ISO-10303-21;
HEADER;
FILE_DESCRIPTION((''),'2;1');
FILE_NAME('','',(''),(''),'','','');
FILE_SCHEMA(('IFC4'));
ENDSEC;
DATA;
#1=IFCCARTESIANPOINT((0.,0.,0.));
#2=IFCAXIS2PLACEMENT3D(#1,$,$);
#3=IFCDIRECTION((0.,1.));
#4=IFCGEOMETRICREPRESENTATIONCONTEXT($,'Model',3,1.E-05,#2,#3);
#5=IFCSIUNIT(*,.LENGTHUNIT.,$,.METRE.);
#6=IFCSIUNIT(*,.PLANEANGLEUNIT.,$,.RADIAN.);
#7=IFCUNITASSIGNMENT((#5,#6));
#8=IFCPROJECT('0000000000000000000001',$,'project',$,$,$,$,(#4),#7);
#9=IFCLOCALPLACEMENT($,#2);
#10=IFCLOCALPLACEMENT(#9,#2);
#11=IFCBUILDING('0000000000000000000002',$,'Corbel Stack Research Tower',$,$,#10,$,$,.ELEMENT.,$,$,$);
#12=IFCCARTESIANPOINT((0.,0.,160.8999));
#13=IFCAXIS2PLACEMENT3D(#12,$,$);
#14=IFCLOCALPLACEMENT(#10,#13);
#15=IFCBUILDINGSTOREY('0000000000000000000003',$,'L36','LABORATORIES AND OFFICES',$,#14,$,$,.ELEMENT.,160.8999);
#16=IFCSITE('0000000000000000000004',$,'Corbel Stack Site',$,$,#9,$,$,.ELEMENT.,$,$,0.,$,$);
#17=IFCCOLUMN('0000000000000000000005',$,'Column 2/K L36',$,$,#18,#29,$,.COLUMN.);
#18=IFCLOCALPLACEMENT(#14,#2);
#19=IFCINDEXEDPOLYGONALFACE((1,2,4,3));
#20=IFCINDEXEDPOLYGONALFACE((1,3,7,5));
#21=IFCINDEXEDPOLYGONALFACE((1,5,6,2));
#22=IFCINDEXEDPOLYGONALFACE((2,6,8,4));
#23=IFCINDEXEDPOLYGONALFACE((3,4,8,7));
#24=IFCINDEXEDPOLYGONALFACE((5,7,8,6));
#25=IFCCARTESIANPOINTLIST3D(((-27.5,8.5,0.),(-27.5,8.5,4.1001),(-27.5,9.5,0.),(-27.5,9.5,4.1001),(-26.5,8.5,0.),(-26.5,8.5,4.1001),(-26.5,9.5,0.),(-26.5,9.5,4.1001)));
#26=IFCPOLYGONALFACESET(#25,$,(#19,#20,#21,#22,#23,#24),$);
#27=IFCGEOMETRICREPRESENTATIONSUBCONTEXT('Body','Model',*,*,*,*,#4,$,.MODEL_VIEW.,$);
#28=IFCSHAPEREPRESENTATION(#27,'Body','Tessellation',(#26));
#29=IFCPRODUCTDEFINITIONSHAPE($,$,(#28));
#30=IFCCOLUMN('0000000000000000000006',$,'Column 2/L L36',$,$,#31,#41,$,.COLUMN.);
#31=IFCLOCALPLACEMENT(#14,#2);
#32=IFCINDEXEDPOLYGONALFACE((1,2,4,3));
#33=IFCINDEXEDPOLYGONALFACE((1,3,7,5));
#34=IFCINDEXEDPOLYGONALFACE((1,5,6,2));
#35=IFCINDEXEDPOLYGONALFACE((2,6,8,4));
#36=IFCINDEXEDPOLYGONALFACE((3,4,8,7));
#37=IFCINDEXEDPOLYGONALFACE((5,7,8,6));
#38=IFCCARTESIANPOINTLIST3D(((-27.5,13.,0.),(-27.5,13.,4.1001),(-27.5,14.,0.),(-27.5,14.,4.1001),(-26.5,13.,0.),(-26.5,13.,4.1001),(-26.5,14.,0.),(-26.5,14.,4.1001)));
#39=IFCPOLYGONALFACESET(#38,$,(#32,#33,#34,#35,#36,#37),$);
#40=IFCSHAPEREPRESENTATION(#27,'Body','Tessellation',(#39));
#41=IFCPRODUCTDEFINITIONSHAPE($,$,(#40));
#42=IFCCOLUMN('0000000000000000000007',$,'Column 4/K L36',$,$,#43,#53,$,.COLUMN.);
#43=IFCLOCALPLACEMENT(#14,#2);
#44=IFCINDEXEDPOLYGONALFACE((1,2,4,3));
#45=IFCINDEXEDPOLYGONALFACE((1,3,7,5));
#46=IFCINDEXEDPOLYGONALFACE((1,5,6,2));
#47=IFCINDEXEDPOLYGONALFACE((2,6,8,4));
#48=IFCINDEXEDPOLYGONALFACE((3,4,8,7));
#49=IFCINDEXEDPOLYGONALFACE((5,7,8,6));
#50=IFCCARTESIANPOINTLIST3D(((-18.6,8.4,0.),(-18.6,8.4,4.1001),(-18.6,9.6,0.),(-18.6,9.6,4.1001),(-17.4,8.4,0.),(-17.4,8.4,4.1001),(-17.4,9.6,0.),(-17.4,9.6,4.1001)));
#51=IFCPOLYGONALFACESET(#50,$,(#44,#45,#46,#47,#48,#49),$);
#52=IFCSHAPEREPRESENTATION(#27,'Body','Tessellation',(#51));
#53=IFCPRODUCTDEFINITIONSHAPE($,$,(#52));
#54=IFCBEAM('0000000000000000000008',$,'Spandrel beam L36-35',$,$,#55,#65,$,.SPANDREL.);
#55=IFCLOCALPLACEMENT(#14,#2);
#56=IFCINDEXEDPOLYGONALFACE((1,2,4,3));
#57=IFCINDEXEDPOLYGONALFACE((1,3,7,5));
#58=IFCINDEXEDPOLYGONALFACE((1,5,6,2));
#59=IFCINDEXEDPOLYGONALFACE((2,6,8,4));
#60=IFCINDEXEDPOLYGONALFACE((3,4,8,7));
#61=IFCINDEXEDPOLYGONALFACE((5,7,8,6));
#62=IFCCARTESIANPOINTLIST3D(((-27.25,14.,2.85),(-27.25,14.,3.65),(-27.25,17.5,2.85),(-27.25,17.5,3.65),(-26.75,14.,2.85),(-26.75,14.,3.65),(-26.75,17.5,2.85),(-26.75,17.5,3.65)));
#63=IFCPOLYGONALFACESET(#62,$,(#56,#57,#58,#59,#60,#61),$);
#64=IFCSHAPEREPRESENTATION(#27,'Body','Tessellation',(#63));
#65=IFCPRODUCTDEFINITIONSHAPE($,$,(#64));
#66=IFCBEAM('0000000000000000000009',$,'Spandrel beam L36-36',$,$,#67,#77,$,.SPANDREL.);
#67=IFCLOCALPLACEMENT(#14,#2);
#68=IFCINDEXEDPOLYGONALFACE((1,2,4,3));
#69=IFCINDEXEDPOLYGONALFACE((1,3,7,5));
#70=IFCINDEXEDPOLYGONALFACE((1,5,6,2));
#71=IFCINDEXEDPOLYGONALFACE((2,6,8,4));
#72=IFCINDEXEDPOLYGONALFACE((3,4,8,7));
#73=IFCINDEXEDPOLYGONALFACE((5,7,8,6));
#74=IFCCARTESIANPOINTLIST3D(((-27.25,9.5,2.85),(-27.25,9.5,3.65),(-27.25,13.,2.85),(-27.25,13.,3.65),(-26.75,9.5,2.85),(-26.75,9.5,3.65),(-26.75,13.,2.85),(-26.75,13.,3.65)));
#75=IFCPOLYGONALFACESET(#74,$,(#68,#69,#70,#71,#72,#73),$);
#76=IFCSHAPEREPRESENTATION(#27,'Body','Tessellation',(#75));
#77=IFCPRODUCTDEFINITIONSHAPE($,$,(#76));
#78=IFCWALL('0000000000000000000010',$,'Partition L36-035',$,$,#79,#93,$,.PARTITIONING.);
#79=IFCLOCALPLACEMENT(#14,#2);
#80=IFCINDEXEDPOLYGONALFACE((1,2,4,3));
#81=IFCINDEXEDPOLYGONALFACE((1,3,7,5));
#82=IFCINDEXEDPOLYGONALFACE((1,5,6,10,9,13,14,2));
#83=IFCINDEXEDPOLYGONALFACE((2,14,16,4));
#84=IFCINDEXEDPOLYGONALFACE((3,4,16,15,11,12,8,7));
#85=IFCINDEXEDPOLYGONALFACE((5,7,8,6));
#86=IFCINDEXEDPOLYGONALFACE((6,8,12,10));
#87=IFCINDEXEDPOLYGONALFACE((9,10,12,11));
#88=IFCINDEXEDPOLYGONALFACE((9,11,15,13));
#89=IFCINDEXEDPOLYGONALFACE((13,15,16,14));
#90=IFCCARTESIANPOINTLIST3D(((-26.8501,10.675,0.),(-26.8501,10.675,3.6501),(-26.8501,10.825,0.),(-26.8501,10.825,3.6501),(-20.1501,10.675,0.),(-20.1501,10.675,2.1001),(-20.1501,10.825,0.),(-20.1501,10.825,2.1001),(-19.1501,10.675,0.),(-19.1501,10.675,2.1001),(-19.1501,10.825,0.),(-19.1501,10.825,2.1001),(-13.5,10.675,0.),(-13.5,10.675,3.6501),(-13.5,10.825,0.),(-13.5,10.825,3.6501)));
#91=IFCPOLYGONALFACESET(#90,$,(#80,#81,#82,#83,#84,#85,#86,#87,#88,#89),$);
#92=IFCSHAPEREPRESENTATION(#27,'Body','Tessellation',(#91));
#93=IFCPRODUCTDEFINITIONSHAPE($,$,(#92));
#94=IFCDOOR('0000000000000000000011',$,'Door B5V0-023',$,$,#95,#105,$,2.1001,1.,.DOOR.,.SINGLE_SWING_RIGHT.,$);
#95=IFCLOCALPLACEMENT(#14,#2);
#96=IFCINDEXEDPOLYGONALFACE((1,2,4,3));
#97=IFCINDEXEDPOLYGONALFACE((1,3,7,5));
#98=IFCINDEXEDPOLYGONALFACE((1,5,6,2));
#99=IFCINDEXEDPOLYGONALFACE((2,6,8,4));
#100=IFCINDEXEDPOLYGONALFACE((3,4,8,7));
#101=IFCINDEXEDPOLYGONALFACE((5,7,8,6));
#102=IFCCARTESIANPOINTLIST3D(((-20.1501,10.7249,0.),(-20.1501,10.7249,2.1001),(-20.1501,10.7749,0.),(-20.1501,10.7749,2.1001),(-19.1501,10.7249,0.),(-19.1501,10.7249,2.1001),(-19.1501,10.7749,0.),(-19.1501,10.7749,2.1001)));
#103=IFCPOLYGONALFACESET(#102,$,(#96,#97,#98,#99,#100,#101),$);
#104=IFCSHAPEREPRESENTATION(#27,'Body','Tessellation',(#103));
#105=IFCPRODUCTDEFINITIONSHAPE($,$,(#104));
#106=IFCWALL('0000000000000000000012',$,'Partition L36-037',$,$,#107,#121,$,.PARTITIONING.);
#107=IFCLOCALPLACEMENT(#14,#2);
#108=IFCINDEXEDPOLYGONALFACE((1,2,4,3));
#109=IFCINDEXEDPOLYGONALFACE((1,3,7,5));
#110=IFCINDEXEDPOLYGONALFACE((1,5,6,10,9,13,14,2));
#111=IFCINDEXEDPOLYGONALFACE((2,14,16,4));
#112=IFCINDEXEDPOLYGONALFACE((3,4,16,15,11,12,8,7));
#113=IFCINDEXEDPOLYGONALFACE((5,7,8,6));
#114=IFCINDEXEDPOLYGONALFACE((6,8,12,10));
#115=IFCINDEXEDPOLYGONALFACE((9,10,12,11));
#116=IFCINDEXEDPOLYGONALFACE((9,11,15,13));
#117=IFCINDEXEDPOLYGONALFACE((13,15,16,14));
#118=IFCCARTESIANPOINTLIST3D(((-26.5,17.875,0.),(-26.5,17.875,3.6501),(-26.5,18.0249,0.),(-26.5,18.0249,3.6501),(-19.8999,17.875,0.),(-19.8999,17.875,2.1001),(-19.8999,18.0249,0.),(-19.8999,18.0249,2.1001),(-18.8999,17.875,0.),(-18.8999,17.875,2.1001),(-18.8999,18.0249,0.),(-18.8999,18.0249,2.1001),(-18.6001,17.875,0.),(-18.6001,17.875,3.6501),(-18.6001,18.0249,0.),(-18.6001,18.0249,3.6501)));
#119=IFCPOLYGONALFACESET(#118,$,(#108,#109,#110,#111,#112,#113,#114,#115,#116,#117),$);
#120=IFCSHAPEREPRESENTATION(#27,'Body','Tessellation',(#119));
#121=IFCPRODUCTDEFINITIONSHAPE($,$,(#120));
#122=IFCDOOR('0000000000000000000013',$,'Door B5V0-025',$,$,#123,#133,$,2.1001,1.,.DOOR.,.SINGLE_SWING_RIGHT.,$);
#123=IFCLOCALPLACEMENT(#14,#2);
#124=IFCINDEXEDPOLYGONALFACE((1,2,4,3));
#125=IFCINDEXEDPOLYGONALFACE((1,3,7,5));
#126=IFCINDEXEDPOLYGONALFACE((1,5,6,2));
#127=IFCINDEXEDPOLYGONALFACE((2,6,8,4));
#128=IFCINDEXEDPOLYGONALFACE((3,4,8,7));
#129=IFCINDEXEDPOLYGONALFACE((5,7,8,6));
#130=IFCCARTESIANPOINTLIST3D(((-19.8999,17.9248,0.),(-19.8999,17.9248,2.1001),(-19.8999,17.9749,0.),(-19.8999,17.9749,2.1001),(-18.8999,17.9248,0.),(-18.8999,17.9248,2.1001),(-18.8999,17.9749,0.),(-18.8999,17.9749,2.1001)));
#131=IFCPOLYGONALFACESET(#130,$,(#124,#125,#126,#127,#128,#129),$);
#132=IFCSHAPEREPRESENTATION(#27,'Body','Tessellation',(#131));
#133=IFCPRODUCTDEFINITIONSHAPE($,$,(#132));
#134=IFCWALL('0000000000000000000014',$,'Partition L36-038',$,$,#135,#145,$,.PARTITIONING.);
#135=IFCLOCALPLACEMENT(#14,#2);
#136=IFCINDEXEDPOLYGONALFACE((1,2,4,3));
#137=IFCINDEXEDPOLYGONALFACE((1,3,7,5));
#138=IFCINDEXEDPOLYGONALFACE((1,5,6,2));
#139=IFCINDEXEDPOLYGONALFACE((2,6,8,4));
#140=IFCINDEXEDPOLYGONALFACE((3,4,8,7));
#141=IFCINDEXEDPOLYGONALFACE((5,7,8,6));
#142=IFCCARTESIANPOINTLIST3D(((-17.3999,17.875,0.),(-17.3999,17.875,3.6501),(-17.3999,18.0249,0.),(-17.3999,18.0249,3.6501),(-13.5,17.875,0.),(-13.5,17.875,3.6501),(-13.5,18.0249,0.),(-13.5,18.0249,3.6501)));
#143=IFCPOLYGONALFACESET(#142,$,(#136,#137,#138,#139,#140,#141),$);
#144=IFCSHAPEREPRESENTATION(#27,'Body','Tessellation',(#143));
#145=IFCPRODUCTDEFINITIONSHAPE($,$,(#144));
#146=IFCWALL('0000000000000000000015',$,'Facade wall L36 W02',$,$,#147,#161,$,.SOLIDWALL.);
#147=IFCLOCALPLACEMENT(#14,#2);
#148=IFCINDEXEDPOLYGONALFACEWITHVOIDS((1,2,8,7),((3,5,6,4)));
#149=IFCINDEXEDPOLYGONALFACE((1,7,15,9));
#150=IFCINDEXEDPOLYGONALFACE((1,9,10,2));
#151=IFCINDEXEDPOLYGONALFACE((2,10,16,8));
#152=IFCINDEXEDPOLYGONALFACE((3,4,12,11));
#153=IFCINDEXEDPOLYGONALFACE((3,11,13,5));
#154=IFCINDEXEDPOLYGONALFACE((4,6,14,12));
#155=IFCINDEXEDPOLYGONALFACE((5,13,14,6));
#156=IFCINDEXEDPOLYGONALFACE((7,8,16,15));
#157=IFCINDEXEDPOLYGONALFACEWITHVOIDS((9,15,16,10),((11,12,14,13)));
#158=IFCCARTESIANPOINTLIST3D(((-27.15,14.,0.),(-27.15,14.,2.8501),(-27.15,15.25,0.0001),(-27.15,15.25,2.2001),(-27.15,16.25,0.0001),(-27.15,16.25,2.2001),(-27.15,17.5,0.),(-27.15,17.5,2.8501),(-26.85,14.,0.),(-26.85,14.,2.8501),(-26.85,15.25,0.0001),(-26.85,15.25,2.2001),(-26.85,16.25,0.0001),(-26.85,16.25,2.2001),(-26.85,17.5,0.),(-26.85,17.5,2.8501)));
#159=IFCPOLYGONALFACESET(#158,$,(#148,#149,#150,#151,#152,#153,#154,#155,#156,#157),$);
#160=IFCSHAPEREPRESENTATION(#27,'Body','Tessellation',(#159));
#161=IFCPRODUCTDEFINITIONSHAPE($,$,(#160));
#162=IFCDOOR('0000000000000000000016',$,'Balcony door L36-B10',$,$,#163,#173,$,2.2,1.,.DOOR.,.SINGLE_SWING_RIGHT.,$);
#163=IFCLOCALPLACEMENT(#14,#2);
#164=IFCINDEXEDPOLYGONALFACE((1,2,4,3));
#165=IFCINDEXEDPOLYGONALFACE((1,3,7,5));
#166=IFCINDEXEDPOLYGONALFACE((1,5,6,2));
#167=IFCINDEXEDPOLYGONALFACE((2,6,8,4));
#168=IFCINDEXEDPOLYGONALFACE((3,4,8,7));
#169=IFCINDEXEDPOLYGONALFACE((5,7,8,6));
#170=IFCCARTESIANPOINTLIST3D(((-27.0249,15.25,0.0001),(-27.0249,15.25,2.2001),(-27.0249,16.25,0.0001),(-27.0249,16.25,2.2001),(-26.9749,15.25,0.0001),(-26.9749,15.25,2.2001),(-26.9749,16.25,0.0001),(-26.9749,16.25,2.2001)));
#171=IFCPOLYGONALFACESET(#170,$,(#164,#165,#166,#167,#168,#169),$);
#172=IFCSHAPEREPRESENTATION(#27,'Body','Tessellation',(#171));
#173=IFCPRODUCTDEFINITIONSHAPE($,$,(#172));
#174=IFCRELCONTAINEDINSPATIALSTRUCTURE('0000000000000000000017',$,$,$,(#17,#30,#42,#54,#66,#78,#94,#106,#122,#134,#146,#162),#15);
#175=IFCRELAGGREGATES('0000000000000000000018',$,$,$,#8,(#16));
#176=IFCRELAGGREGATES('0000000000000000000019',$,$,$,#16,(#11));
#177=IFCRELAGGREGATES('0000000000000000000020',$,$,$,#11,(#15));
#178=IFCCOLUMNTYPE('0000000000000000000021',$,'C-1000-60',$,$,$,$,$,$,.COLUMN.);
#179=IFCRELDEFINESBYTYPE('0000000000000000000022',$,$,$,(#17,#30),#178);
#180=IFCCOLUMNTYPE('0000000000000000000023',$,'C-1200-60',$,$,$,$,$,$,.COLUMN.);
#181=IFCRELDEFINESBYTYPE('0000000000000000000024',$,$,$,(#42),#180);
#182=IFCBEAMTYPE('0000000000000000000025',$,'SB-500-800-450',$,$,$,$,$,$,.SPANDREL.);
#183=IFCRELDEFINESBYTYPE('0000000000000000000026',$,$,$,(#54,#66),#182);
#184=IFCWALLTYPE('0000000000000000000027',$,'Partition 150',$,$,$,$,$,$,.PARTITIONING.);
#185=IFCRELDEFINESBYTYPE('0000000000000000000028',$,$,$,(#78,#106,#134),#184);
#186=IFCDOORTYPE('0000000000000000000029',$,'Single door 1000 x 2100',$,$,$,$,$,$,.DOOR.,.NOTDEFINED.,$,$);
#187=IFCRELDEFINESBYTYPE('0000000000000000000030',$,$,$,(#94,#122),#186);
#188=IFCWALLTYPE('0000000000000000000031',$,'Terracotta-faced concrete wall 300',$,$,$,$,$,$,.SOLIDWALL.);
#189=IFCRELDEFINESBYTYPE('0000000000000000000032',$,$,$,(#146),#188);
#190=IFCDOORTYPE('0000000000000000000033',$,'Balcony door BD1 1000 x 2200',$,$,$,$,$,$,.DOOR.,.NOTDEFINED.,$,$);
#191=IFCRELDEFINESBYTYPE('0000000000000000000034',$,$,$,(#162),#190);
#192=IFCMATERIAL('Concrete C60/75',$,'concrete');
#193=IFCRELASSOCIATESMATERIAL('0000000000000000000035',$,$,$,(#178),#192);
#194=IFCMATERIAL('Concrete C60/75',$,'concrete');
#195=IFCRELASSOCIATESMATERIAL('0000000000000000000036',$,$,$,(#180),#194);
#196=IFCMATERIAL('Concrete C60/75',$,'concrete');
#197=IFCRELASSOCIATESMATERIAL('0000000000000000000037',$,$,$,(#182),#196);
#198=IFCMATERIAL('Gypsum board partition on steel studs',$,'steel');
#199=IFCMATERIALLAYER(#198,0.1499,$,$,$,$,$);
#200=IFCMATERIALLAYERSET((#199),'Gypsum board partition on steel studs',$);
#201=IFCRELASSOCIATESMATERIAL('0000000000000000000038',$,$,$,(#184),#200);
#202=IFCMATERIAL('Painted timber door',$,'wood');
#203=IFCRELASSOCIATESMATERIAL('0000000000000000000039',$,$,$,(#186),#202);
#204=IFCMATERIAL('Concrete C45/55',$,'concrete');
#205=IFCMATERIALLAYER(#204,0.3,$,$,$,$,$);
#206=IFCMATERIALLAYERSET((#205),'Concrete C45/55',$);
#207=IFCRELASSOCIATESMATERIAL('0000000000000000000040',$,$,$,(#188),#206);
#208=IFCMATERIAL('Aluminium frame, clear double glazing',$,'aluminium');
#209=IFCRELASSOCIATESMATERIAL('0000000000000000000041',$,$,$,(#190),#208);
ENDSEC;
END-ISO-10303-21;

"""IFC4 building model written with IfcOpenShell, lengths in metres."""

from ifc_helpers import new_model, si_unit, direction, frame, frame_2d, origin, origin_2d, place, context, subcontext, project, spatial, rectangle, extrude, material, layer, layer_set, material_profile, profile_set, type_object, element, fill, save


model = new_model("IFC4")

# Units and contexts
model_context = context("Model", 3, precision=1e-05, world=origin(), true_north=direction((0.0, 1.0)))
body_context = subcontext(model_context, "Body", "Model", "MODEL_VIEW")
ifc_project = project(units=[si_unit("LENGTHUNIT", "METRE"), si_unit("PLANEANGLEUNIT", "RADIAN")], contexts=[model_context])

# Site, building, storey
site_placement = place(None, origin())
site = spatial("IfcSite", under=ifc_project, at=site_placement, Name="Corbel Stack Site", CompositionType="ELEMENT", RefElevation=0.0)
building_placement = place(site_placement, origin())
building = spatial("IfcBuilding", under=site, at=building_placement, Name="Corbel Stack Research Tower", CompositionType="ELEMENT")
storey_placement = place(building_placement, frame((0.0, 0.0, 160.8999)))
storey = spatial("IfcBuildingStorey", under=building, at=storey_placement, Name="L36", Description="LABORATORIES AND OFFICES", CompositionType="ELEMENT", Elevation=160.8999)

# Columns
ifc_material_1 = material(Name="Concrete C60/75", Category="concrete")
ifc_material_profile_1 = material_profile(ifc_material_1, rectangle(XDim=1.0, YDim=1.0, at=origin_2d()), Name="RC 1000 x 1000")
ifc_profile_set_1 = profile_set([ifc_material_profile_1], Name="Concrete C60/75")
column_type_1 = type_object("IfcColumnType", Name="C-1000-60", PredefinedType="COLUMN", material=ifc_profile_set_1)
for number, where, z_axis, x_axis, name in (
    (1, (-27.0, 9.0, 0.0), (0.0, 0.0, 1.0), (1.0, 0.0, 0.0), "Column 2/K L36"),
    (2, (-27.0, 13.5, 0.0), (0.0, 0.0, 1.0), (1.0, 0.0, 0.0), "Column 2/L L36"),
):
    element("IfcColumn", number, at=place(storey_placement, frame(where, z_axis=z_axis, x_axis=x_axis)), inside=storey, type_object=column_type_1, Name=name, PredefinedType="COLUMN", context=body_context, shape_type="SweptSolid", body=[
        extrude(rectangle(XDim=1.0, YDim=1.0, at=origin_2d()), origin(), (0.0, 0.0, 1.0), 4.1001),
    ])
ifc_material_2 = material(Name="Concrete C60/75", Category="concrete")
ifc_material_profile_2 = material_profile(ifc_material_2, rectangle(XDim=1.2, YDim=1.2, at=origin_2d()), Name="RC 1200 x 1200")
ifc_profile_set_2 = profile_set([ifc_material_profile_2], Name="Concrete C60/75")
column_type_2 = type_object("IfcColumnType", Name="C-1200-60", PredefinedType="COLUMN", material=ifc_profile_set_2)
column_placement = place(storey_placement, frame((-18.0, 9.0, 0.0), z_axis=(0.0, 0.0, 1.0), x_axis=(1.0, 0.0, 0.0)))
element("IfcColumn", 3, at=column_placement, inside=storey, type_object=column_type_2, Name="Column 4/K L36", PredefinedType="COLUMN", context=body_context, shape_type="SweptSolid", body=[
    extrude(rectangle(XDim=1.2, YDim=1.2, at=origin_2d()), origin(), (0.0, 0.0, 1.0), 4.1001),
])

# Beams
ifc_material_3 = material(Name="Concrete C60/75", Category="concrete")
ifc_material_profile_3 = material_profile(ifc_material_3, rectangle(XDim=0.5, YDim=0.8, at=origin_2d()), Name="RC 500 x 800")
ifc_profile_set_3 = profile_set([ifc_material_profile_3], Name="Concrete C60/75")
beam_type = type_object("IfcBeamType", Name="SB-500-800-450", PredefinedType="SPANDREL", material=ifc_profile_set_3)
for number, where, z_axis, x_axis, name in (
    (4, (-27.0, 17.5, 3.25), (0.0, -1.0, 0.0), (1.0, 0.0, 0.0), "Spandrel beam L36-35"),
    (5, (-27.0, 13.0, 3.25), (0.0, -1.0, 0.0), (1.0, 0.0, 0.0), "Spandrel beam L36-36"),
):
    element("IfcBeam", number, at=place(storey_placement, frame(where, z_axis=z_axis, x_axis=x_axis)), inside=storey, type_object=beam_type, Name=name, PredefinedType="SPANDREL", context=body_context, shape_type="SweptSolid", body=[
        extrude(rectangle(XDim=0.5, YDim=0.8, at=origin_2d()), origin(), (0.0, 0.0, 1.0), 3.5),
    ])

# Walls, openings, doors
ifc_material_4 = material(Name="Gypsum board partition on steel studs", Category="steel")
ifc_layer_1 = layer(ifc_material_4, 0.1499)
ifc_layer_set_1 = layer_set([ifc_layer_1], Name="Gypsum board partition on steel studs")
wall_type_1 = type_object("IfcWallType", Name="Partition 150", PredefinedType="PARTITIONING", material=ifc_layer_set_1)
wall_1_placement = place(storey_placement, frame((-26.8501, 10.75, 0.0), z_axis=(0.0, 0.0, 1.0), x_axis=(1.0, 0.0, 0.0)))
wall_1 = element("IfcWall", 6, at=wall_1_placement, inside=storey, type_object=wall_type_1, Name="Partition L36-035", PredefinedType="PARTITIONING", context=body_context, shape_type="SweptSolid", body=[
    extrude(rectangle(XDim=13.3501, YDim=0.1499, at=frame_2d((6.675, 0.0))), origin(), (0.0, 0.0, 1.0), 3.6501),
])
opening_1_placement = place(wall_1_placement, frame((6.7, 0.0, 0.0)))
opening_1 = element("IfcOpeningElement", 7, at=opening_1_placement, cuts=wall_1, PredefinedType="OPENING", context=body_context, shape_type="SweptSolid", body=[
    extrude(rectangle(XDim=1.0, YDim=2.1001, at=frame_2d((0.5, 1.05))), frame((0.0, 0.085, 0.0), z_axis=(0.0, -1.0, 0.0), x_axis=(1.0, 0.0, 0.0)), (0.0, 0.0, 1.0), 0.1699),
])
ifc_material_5 = material(Name="Painted timber door", Category="wood")
door_type_1 = type_object("IfcDoorType", Name="Single door 1000 x 2100", OperationType="NOTDEFINED", PredefinedType="DOOR", material=ifc_material_5)
door_1_placement = place(opening_1_placement, origin())
door_1 = element("IfcDoor", 8, at=door_1_placement, inside=storey, type_object=door_type_1, Name="Door B5V0-023", OperationType="SINGLE_SWING_RIGHT", OverallHeight=2.1001, OverallWidth=1.0, PredefinedType="DOOR", context=body_context, shape_type="SweptSolid", body=[
    extrude(rectangle(XDim=1.0, YDim=2.1001, at=frame_2d((0.5, 1.05))), frame((0.0, 0.0249, 0.0), z_axis=(0.0, -1.0, 0.0), x_axis=(1.0, 0.0, 0.0)), (0.0, 0.0, 1.0), 0.05),
])
fill(opening_1, door_1)
wall_2_placement = place(storey_placement, frame((-26.5, 17.95, 0.0), z_axis=(0.0, 0.0, 1.0), x_axis=(1.0, 0.0, 0.0)))
wall_2 = element("IfcWall", 9, at=wall_2_placement, inside=storey, type_object=wall_type_1, Name="Partition L36-037", PredefinedType="PARTITIONING", context=body_context, shape_type="SweptSolid", body=[
    extrude(rectangle(XDim=7.8999, YDim=0.1499, at=frame_2d((3.95, 0.0))), origin(), (0.0, 0.0, 1.0), 3.6501),
])
opening_2_placement = place(wall_2_placement, frame((6.6001, 0.0, 0.0)))
opening_2 = element("IfcOpeningElement", 10, at=opening_2_placement, cuts=wall_2, PredefinedType="OPENING", context=body_context, shape_type="SweptSolid", body=[
    extrude(rectangle(XDim=1.0, YDim=2.1001, at=frame_2d((0.5, 1.05))), frame((0.0, 0.085, 0.0), z_axis=(0.0, -1.0, 0.0), x_axis=(1.0, 0.0, 0.0)), (0.0, 0.0, 1.0), 0.1699),
])
door_2_placement = place(opening_2_placement, origin())
door_2 = element("IfcDoor", 11, at=door_2_placement, inside=storey, type_object=door_type_1, Name="Door B5V0-025", OperationType="SINGLE_SWING_RIGHT", OverallHeight=2.1001, OverallWidth=1.0, PredefinedType="DOOR", context=body_context, shape_type="SweptSolid", body=[
    extrude(rectangle(XDim=1.0, YDim=2.1001, at=frame_2d((0.5, 1.05))), frame((0.0, 0.0249, 0.0), z_axis=(0.0, -1.0, 0.0), x_axis=(1.0, 0.0, 0.0)), (0.0, 0.0, 1.0), 0.05),
])
fill(opening_2, door_2)

# Wall
wall_3_placement = place(storey_placement, frame((-17.3999, 17.95, 0.0), z_axis=(0.0, 0.0, 1.0), x_axis=(1.0, 0.0, 0.0)))
element("IfcWall", 12, at=wall_3_placement, inside=storey, type_object=wall_type_1, Name="Partition L36-038", PredefinedType="PARTITIONING", context=body_context, shape_type="SweptSolid", body=[
    extrude(rectangle(XDim=3.8999, YDim=0.1499, at=frame_2d((1.95, 0.0))), origin(), (0.0, 0.0, 1.0), 3.6501),
])

# Wall, opening, door
ifc_material_6 = material(Name="Concrete C45/55", Category="concrete")
ifc_layer_2 = layer(ifc_material_6, 0.3)
ifc_layer_set_2 = layer_set([ifc_layer_2], Name="Concrete C45/55")
wall_type_2 = type_object("IfcWallType", Name="Terracotta-faced concrete wall 300", PredefinedType="SOLIDWALL", material=ifc_layer_set_2)
wall_4_placement = place(storey_placement, frame((-27.0, 14.0, 0.0), z_axis=(0.0, 0.0, 1.0), x_axis=(0.0, 1.0, 0.0)))
wall_4 = element("IfcWall", 13, at=wall_4_placement, inside=storey, type_object=wall_type_2, Name="Facade wall L36 W02", PredefinedType="SOLIDWALL", context=body_context, shape_type="SweptSolid", body=[
    extrude(rectangle(XDim=3.5, YDim=0.3, at=frame_2d((1.75, 0.0))), origin(), (0.0, 0.0, 1.0), 2.8501),
])
opening_3_placement = place(wall_4_placement, frame((1.25, 0.0, 0.0)))
opening_3 = element("IfcOpeningElement", 14, at=opening_3_placement, cuts=wall_4, PredefinedType="OPENING", context=body_context, shape_type="SweptSolid", body=[
    extrude(rectangle(XDim=1.0, YDim=2.2, at=frame_2d((0.5, 1.1001))), frame((0.0, 0.1599, 0.0), z_axis=(0.0, -1.0, 0.0), x_axis=(1.0, 0.0, 0.0)), (0.0, 0.0, 1.0), 0.3201),
])
ifc_material_7 = material(Name="Aluminium frame, clear double glazing", Category="aluminium")
door_type_2 = type_object("IfcDoorType", Name="Balcony door BD1 1000 x 2200", OperationType="NOTDEFINED", PredefinedType="DOOR", material=ifc_material_7)
door_3_placement = place(opening_3_placement, origin())
door_3 = element("IfcDoor", 15, at=door_3_placement, inside=storey, type_object=door_type_2, Name="Balcony door L36-B10", OperationType="SINGLE_SWING_RIGHT", OverallHeight=2.2, OverallWidth=1.0, PredefinedType="DOOR", context=body_context, shape_type="SweptSolid", body=[
    extrude(rectangle(XDim=1.0, YDim=2.2, at=frame_2d((0.5, 1.1001))), frame((0.0, 0.0249, 0.0), z_axis=(0.0, -1.0, 0.0), x_axis=(1.0, 0.0, 0.0)), (0.0, 0.0, 1.0), 0.05),
])
fill(opening_3, door_3)

save(model, "model.ifc")
